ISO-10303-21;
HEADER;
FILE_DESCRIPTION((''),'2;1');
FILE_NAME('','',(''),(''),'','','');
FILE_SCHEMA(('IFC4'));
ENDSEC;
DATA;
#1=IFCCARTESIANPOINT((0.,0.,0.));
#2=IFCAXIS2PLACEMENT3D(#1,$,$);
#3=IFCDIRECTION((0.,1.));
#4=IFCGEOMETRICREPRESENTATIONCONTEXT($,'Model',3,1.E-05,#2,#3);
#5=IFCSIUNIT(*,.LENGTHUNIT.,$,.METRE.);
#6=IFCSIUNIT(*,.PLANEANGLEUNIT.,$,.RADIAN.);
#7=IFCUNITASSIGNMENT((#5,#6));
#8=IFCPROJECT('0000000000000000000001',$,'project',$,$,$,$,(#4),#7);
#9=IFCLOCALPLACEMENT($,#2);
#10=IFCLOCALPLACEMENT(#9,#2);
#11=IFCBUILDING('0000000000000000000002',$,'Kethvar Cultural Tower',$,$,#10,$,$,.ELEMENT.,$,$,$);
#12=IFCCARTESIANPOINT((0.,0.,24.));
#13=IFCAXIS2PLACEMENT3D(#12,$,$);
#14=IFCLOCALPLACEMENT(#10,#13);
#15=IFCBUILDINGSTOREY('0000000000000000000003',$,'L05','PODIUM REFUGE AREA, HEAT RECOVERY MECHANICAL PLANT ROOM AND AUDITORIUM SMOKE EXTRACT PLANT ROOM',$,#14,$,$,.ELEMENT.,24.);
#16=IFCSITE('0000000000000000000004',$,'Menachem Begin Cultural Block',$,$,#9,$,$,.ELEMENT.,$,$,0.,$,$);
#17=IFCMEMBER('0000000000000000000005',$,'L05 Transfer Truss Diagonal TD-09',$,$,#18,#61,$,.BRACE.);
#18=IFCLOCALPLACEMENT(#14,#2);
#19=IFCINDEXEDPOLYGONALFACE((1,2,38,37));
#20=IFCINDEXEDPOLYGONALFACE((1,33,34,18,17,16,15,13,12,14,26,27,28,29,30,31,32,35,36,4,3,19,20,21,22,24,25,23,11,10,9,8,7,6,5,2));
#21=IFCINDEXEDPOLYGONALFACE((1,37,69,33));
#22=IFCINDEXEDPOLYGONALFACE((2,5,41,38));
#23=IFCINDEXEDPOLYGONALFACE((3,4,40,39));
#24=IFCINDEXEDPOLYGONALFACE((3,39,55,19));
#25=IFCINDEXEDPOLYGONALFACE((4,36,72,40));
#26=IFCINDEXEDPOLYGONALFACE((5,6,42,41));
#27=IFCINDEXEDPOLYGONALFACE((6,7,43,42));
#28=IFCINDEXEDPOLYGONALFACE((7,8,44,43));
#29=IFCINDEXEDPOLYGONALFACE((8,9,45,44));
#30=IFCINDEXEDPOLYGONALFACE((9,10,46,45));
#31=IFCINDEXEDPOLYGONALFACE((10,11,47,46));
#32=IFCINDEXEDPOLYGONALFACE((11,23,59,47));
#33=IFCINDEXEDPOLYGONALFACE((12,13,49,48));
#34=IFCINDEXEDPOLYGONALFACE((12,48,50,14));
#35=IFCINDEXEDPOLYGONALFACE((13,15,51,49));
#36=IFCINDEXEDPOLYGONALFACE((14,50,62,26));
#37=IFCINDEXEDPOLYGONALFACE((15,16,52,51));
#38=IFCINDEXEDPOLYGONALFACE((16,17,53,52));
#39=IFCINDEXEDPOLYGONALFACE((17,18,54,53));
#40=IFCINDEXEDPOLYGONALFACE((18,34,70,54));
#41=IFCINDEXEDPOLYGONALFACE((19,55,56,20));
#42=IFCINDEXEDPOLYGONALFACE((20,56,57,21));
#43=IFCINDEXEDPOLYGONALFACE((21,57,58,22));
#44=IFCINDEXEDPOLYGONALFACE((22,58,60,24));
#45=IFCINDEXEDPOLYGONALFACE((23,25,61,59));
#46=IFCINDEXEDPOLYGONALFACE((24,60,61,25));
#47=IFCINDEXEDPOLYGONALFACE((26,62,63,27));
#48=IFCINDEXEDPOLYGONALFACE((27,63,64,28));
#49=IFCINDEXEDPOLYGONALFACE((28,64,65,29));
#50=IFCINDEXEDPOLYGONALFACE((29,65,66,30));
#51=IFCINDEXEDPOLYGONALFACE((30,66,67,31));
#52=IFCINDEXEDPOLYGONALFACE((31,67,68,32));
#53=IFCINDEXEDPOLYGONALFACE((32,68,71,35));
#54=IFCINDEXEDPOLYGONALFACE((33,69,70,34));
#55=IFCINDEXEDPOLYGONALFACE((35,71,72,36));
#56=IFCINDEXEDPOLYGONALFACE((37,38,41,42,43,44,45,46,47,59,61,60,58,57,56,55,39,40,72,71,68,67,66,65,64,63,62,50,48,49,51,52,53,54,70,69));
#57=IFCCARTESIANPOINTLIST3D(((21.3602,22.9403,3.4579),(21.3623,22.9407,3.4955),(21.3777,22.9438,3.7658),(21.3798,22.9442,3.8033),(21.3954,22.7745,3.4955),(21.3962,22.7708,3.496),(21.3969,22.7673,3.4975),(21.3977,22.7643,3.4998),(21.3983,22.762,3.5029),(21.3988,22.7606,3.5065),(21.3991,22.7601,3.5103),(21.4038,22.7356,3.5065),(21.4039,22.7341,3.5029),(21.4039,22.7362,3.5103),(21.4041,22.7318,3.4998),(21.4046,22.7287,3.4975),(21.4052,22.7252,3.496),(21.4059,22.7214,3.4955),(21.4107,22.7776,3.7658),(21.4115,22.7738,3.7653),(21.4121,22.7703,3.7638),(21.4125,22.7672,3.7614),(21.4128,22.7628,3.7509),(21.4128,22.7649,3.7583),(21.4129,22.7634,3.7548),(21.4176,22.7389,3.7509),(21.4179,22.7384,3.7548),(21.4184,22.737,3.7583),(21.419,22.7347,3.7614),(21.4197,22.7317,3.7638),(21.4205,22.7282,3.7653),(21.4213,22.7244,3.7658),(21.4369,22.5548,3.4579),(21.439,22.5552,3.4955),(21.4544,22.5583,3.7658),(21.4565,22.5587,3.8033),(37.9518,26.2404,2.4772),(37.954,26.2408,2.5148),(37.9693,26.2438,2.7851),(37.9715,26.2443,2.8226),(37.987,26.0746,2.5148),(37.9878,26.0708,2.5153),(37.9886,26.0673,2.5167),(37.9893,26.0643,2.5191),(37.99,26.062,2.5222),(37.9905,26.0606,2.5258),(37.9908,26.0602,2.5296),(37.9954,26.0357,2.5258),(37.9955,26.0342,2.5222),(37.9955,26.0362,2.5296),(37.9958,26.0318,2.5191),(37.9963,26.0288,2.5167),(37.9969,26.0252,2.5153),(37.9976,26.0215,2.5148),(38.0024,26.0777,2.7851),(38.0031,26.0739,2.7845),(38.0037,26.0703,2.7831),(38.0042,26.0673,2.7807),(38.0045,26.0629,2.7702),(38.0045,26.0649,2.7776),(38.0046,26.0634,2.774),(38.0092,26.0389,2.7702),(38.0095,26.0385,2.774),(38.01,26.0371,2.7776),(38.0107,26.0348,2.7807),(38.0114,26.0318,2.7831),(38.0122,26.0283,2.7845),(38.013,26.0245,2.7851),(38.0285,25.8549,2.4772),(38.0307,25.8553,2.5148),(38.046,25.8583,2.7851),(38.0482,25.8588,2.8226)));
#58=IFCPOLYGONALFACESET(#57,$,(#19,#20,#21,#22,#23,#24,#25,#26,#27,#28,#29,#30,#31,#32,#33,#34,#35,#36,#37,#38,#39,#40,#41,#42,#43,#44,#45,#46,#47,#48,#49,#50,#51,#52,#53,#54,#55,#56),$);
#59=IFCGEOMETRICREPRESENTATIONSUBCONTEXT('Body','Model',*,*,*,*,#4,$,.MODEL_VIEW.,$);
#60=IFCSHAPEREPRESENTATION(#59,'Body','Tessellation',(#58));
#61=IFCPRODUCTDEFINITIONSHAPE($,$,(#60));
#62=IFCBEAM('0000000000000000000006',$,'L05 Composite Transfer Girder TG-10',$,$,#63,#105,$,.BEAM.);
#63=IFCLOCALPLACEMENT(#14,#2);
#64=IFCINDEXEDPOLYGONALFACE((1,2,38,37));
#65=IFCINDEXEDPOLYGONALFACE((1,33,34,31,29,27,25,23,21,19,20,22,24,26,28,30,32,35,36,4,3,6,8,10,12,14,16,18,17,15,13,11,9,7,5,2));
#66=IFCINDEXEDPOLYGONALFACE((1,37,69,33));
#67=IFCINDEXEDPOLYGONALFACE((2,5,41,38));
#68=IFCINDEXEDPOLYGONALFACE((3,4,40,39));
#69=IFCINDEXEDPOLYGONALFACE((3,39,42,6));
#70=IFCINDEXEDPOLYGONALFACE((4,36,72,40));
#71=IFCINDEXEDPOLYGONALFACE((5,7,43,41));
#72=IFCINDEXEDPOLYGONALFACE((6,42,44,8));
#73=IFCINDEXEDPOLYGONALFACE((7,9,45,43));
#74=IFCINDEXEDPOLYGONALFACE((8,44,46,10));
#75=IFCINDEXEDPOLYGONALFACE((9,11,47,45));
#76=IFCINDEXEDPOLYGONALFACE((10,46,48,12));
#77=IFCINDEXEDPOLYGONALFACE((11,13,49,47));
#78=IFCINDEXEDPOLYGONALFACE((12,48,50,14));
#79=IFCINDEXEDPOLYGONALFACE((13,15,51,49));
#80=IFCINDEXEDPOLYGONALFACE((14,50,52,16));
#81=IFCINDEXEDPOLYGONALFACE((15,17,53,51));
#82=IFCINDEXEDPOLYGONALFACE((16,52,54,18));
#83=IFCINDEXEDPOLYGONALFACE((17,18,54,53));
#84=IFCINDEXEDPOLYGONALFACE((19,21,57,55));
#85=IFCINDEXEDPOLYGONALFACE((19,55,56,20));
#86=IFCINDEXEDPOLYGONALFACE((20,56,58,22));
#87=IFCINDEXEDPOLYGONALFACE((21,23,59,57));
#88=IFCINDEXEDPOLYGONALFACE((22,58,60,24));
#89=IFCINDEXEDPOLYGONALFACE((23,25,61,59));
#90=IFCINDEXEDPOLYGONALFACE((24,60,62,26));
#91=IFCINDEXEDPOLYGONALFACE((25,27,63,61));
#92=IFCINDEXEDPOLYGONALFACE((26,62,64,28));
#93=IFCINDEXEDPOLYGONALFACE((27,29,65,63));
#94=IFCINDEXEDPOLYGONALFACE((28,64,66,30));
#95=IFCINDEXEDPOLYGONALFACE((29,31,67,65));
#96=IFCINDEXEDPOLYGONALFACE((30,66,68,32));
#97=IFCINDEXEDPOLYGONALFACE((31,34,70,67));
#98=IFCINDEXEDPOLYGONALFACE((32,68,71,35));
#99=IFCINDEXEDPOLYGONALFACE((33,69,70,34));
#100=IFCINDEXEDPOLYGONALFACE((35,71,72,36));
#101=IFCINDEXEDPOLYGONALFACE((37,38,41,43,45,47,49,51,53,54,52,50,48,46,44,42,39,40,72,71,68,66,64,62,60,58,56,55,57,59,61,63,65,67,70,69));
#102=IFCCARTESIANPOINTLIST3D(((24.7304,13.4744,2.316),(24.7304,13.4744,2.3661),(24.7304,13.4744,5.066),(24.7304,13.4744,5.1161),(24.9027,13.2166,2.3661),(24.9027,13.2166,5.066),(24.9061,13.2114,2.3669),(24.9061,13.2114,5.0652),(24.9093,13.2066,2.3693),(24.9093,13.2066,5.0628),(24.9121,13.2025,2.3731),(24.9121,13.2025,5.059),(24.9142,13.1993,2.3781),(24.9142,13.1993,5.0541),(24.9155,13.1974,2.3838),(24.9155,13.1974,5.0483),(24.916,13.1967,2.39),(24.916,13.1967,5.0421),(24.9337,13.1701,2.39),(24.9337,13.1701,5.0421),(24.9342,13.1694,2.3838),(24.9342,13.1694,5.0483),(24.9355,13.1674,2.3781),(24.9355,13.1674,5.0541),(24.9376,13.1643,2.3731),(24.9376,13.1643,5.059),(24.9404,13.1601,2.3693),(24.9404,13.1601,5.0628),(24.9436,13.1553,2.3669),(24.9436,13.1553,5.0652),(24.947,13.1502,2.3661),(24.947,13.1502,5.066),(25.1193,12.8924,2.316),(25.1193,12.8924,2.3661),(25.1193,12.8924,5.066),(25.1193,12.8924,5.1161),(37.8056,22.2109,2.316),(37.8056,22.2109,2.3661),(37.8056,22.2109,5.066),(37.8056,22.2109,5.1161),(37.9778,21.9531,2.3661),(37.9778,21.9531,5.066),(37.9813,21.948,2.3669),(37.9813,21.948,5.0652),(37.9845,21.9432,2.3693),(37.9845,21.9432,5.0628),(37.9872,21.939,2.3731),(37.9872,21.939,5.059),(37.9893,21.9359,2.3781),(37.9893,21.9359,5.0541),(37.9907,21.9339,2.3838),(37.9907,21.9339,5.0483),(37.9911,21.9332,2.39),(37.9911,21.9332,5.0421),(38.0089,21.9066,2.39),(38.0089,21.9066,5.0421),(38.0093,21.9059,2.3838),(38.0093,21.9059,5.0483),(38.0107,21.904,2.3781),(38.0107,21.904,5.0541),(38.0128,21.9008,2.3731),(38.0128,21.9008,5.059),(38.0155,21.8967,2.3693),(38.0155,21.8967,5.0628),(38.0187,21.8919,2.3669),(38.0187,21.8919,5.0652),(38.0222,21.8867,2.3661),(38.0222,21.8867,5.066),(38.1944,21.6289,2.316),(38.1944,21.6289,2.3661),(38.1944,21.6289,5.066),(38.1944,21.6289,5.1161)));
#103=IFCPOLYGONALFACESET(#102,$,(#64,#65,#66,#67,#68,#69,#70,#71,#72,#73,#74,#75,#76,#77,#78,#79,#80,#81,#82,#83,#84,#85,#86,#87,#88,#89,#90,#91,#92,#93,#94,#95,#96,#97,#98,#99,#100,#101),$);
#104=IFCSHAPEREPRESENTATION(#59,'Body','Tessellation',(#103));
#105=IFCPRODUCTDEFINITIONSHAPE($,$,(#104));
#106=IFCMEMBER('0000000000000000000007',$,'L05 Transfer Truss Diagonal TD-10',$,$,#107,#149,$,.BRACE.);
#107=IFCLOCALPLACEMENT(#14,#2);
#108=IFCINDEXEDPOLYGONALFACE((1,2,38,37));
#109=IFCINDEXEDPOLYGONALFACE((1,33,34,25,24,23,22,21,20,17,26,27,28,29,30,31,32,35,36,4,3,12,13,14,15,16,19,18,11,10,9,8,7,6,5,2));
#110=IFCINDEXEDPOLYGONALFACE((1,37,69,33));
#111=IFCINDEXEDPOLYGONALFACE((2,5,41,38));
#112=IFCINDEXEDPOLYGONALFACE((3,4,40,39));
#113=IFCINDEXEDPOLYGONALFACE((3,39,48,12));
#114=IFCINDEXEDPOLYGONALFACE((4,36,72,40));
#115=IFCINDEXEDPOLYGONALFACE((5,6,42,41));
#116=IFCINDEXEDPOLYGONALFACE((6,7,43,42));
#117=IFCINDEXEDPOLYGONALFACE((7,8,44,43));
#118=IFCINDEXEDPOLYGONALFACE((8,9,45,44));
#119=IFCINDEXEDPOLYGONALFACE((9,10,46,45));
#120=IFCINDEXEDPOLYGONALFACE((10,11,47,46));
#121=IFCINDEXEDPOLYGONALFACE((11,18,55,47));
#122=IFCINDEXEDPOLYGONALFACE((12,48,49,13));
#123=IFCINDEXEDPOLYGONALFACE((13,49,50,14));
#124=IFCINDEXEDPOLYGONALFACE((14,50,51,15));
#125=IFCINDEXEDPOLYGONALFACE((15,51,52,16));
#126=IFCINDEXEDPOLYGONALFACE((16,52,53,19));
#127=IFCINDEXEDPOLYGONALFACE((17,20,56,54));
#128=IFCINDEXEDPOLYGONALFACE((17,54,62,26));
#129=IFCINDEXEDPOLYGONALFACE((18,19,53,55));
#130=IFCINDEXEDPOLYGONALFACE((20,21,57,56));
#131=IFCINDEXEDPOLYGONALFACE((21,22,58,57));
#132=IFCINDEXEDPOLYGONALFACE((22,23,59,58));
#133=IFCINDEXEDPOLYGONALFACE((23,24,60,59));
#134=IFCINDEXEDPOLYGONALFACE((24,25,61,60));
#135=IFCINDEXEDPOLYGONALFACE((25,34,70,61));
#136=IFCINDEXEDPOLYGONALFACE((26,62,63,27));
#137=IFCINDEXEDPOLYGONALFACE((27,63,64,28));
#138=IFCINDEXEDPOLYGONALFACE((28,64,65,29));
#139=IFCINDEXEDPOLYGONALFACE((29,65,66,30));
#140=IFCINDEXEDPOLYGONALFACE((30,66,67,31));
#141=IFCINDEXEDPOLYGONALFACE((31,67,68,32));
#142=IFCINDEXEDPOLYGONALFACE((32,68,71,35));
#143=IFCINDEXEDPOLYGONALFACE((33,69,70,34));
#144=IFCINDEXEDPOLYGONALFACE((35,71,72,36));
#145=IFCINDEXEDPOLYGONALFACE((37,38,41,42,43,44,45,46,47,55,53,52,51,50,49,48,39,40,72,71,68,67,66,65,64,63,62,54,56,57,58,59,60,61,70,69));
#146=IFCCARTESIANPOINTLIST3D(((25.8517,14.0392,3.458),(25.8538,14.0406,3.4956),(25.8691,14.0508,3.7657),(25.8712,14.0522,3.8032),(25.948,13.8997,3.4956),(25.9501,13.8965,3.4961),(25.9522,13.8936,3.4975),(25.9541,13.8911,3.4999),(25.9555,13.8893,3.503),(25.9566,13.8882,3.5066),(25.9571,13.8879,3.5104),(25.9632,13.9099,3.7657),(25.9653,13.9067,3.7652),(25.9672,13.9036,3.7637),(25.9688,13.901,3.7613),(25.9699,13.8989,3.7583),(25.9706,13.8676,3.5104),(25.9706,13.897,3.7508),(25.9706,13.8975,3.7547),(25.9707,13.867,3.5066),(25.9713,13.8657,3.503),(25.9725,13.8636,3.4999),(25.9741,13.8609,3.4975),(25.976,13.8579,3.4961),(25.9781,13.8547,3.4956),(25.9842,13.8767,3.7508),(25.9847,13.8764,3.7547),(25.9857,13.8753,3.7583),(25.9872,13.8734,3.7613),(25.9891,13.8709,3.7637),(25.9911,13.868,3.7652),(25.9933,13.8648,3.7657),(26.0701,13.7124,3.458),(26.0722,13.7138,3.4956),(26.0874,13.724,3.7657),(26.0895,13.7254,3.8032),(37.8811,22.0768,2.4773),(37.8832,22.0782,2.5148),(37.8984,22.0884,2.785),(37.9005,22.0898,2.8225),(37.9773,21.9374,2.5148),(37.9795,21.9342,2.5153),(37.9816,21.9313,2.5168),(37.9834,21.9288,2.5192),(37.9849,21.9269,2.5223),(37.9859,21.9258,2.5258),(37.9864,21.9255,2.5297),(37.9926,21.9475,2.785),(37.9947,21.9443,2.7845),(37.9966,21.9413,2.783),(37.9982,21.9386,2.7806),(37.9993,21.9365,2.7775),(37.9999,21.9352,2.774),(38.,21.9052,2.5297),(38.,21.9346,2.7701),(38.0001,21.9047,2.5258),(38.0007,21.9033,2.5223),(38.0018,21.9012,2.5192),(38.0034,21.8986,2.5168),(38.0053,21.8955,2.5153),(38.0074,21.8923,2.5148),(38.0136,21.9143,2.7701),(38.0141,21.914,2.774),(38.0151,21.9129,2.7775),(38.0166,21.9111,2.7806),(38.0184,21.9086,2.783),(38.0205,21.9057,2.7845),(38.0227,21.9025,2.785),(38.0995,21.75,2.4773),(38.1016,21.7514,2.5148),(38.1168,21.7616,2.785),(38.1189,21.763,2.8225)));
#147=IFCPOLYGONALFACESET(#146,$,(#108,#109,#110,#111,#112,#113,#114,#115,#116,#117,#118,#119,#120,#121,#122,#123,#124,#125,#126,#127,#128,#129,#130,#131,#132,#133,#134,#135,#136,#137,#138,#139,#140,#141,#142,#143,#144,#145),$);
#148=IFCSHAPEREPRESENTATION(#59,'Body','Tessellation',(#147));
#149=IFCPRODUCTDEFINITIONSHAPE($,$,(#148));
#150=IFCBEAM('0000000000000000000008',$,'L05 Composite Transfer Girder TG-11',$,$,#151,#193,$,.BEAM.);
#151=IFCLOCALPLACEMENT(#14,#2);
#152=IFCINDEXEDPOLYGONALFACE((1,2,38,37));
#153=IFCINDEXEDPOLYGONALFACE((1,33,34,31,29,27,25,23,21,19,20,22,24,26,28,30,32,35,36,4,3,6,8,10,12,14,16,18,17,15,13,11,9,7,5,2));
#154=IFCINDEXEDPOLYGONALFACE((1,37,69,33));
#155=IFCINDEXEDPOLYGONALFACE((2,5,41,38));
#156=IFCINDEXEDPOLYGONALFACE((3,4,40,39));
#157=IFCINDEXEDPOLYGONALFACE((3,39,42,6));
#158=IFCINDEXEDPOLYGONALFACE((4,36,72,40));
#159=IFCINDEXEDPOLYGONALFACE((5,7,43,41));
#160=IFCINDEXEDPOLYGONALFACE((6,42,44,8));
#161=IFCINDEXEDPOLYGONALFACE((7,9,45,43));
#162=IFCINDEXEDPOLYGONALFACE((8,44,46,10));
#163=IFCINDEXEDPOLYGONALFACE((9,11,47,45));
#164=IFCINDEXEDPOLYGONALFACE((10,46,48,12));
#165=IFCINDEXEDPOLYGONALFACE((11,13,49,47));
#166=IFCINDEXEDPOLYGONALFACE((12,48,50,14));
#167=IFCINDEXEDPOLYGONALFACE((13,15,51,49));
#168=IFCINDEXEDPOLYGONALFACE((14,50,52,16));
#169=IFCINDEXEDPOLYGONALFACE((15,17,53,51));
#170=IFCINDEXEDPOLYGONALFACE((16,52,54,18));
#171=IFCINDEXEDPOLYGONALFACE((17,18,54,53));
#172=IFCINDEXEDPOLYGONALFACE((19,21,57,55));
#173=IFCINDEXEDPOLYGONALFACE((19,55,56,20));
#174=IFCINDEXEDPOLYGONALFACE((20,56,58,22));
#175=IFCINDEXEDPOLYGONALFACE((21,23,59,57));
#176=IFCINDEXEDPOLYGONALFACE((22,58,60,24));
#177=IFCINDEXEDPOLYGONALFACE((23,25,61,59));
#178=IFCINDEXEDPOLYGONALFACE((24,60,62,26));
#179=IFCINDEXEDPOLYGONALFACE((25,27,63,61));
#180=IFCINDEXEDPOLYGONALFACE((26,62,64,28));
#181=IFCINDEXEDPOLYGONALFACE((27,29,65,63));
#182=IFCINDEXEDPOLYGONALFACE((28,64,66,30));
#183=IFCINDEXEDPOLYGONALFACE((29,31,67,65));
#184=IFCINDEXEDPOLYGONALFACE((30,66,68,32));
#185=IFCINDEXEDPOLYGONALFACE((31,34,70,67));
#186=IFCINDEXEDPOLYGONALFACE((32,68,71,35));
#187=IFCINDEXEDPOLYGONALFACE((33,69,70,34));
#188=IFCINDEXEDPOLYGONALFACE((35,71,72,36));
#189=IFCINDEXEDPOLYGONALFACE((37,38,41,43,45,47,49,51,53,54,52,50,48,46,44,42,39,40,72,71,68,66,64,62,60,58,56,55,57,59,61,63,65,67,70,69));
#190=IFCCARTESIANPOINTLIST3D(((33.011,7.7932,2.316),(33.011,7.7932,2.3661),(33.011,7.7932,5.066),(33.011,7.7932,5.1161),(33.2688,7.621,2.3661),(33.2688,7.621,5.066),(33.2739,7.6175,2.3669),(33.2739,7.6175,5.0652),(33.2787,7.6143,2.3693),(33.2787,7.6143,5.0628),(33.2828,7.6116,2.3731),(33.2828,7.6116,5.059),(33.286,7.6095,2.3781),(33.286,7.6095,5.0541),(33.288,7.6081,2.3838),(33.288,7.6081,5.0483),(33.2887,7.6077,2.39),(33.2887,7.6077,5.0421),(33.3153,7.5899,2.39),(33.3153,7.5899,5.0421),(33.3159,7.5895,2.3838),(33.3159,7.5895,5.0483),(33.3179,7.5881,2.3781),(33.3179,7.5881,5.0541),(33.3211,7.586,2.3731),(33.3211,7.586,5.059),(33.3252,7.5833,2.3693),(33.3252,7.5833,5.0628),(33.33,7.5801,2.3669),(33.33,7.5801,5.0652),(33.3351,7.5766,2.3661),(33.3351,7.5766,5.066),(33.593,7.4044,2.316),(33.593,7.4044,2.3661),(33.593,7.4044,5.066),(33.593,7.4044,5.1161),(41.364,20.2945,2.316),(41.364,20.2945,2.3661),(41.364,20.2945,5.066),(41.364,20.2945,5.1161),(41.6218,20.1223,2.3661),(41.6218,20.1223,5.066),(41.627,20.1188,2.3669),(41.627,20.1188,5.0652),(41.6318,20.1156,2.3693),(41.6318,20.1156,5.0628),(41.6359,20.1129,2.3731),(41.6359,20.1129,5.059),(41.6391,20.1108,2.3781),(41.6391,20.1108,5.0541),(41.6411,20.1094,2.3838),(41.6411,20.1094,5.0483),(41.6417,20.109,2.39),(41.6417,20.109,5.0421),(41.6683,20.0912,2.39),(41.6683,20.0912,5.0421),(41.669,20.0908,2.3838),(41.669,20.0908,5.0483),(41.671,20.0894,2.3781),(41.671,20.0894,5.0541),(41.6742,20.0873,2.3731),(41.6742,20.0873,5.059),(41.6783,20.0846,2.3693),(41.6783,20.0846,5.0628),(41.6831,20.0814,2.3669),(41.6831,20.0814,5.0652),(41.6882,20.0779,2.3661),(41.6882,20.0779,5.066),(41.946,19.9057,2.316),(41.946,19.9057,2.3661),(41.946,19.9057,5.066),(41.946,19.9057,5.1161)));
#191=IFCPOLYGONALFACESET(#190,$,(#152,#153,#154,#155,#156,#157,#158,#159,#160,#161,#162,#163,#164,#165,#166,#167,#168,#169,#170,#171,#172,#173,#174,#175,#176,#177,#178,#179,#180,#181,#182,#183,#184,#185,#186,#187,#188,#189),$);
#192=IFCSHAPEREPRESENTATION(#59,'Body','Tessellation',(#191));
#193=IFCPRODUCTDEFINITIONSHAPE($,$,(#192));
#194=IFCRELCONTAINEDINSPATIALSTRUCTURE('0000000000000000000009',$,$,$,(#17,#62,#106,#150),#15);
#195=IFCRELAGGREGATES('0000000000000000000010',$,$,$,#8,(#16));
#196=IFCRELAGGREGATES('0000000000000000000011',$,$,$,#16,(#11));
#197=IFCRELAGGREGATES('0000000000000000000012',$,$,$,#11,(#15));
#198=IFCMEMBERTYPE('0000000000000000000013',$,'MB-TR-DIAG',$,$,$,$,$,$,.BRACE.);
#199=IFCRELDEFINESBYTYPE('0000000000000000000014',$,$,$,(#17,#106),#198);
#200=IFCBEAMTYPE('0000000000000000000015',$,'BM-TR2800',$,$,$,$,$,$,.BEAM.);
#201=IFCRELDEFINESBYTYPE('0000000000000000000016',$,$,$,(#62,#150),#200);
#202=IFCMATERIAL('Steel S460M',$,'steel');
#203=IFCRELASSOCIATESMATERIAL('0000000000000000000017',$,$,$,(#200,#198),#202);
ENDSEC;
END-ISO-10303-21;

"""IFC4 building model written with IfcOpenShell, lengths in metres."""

from ifc_helpers import new_model, si_unit, direction, frame, origin, origin_2d, place, context, subcontext, project, spatial, i_section, extrude, source, transform, mapped, material, material_profile, profile_set, type_object, element, save


model = new_model("IFC4")

# Units and contexts
model_context = context("Model", 3, precision=1e-05, world=origin(), true_north=direction((0.0, 1.0)))
body_context = subcontext(model_context, "Body", "Model", "MODEL_VIEW")
ifc_project = project(units=[si_unit("LENGTHUNIT", "METRE"), si_unit("PLANEANGLEUNIT", "RADIAN")], contexts=[model_context])

# Site, building, storey
site_placement = place(None, origin())
site = spatial("IfcSite", under=ifc_project, at=site_placement, Name="Menachem Begin Cultural Block", CompositionType="ELEMENT", RefElevation=0.0)
building_placement = place(site_placement, origin())
building = spatial("IfcBuilding", under=site, at=building_placement, Name="Kethvar Cultural Tower", CompositionType="ELEMENT")
storey_placement = place(building_placement, frame((0.0, 0.0, 24.0)))
storey = spatial("IfcBuildingStorey", under=building, at=storey_placement, Name="L05", Description="PODIUM REFUGE AREA, HEAT RECOVERY MECHANICAL PLANT ROOM AND AUDITORIUM SMOKE EXTRACT PLANT ROOM", CompositionType="ELEMENT", Elevation=24.0)

# Shared definitions
ifc_material_1 = material(Name="Steel S460M", Category="steel")

# Shared definitions
ifc_material_profile_1 = material_profile(ifc_material_1, i_section(OverallWidth=0.7, OverallDepth=2.8, WebThickness=0.032, FlangeThickness=0.05, FilletRadius=0.0239, at=origin_2d()), Name="Steel S460M — PG2800x700x50x32")
ifc_profile_set_1 = profile_set([ifc_material_profile_1], Name="Steel S460M — PG2800x700x50x32")
beam_type_1 = type_object("IfcBeamType", Name="BM-TR2800", PredefinedType="BEAM", material=ifc_profile_set_1)

# Member
ifc_material_profile_2 = material_profile(ifc_material_1, i_section(OverallWidth=0.3931, OverallDepth=0.3459, WebThickness=0.0244, FlangeThickness=0.0376, FilletRadius=0.0149, at=origin_2d()), Name="Steel S460M — HD400x509")
ifc_profile_set_2 = profile_set([ifc_material_profile_2], Name="Steel S460M — HD400x509")
member_type = type_object("IfcMemberType", Name="MB-TR-DIAG", PredefinedType="BRACE", material=ifc_profile_set_2)
shared_shape_1 = source(origin(), body_context, "Body", "SweptSolid", [
    extrude(i_section(OverallWidth=0.3931, OverallDepth=0.3459, WebThickness=0.0244, FlangeThickness=0.0376, FilletRadius=0.0149, at=origin_2d()), origin(), (0.0, 0.0, 1.0), 16.9451),
])
member_1_placement = place(storey_placement, frame((38.0, 26.0496, 2.6499), z_axis=(-0.979144, -0.194751, 0.057876), x_axis=(0.195078, -0.980788, 0.0)))
element("IfcMember", 1, at=member_1_placement, inside=storey, type_object=member_type, Name="L05 Transfer Truss Diagonal TD-09", PredefinedType="BRACE", context=body_context, shape_type="MappedRepresentation", body=[
    mapped(shared_shape_1, transform((0.0, 0.0, 0.0), scale=1.0)),
])

# Beam
shared_shape_2 = source(origin(), body_context, "Body", "SweptSolid", [
    extrude(i_section(OverallWidth=0.7, OverallDepth=2.8, WebThickness=0.032, FlangeThickness=0.05, FilletRadius=0.0239, at=origin_2d()), origin(), (0.0, 0.0, 1.0), 15.7253),
])
beam_1_placement = place(storey_placement, frame((38.0, 21.9199, 3.7161), z_axis=(-0.831469, -0.55557, 0.0), x_axis=(0.55557, -0.831469, 0.0)))
element("IfcBeam", 2, at=beam_1_placement, inside=storey, type_object=beam_type_1, Name="L05 Composite Transfer Girder TG-10", PredefinedType="BEAM", context=body_context, shape_type="MappedRepresentation", body=[
    mapped(shared_shape_2, transform((0.0, 0.0, 0.0), scale=1.0)),
])

# Member
shared_shape_3 = source(origin(), body_context, "Body", "SweptSolid", [
    extrude(i_section(OverallWidth=0.3931, OverallDepth=0.3459, WebThickness=0.0244, FlangeThickness=0.0376, FilletRadius=0.0149, at=origin_2d()), origin(), (0.0, 0.0, 1.0), 14.5007),
])
member_2_placement = place(storey_placement, frame((38.0, 21.9199, 2.6499), z_axis=(-0.82957, -0.554292, 0.067632), x_axis=(0.555564, -0.831473, 0.0)))
element("IfcMember", 3, at=member_2_placement, inside=storey, type_object=member_type, Name="L05 Transfer Truss Diagonal TD-10", PredefinedType="BRACE", context=body_context, shape_type="MappedRepresentation", body=[
    mapped(shared_shape_3, transform((0.0, 0.0, 0.0), scale=1.0)),
])

# Beam
shared_shape_4 = source(origin(), body_context, "Body", "SweptSolid", [
    extrude(i_section(OverallWidth=0.7, OverallDepth=2.8, WebThickness=0.032, FlangeThickness=0.05, FilletRadius=0.0239, at=origin_2d()), origin(), (0.0, 0.0, 1.0), 15.0352),
])
beam_2_placement = place(storey_placement, frame((41.655, 20.1001, 3.7161), z_axis=(-0.555569, -0.83147, 0.0), x_axis=(0.83147, -0.555569, 0.0)))
element("IfcBeam", 4, at=beam_2_placement, inside=storey, type_object=beam_type_1, Name="L05 Composite Transfer Girder TG-11", PredefinedType="BEAM", context=body_context, shape_type="MappedRepresentation", body=[
    mapped(shared_shape_4, transform((0.0, 0.0, 0.0), scale=1.0)),
])

save(model, "model.ifc")
